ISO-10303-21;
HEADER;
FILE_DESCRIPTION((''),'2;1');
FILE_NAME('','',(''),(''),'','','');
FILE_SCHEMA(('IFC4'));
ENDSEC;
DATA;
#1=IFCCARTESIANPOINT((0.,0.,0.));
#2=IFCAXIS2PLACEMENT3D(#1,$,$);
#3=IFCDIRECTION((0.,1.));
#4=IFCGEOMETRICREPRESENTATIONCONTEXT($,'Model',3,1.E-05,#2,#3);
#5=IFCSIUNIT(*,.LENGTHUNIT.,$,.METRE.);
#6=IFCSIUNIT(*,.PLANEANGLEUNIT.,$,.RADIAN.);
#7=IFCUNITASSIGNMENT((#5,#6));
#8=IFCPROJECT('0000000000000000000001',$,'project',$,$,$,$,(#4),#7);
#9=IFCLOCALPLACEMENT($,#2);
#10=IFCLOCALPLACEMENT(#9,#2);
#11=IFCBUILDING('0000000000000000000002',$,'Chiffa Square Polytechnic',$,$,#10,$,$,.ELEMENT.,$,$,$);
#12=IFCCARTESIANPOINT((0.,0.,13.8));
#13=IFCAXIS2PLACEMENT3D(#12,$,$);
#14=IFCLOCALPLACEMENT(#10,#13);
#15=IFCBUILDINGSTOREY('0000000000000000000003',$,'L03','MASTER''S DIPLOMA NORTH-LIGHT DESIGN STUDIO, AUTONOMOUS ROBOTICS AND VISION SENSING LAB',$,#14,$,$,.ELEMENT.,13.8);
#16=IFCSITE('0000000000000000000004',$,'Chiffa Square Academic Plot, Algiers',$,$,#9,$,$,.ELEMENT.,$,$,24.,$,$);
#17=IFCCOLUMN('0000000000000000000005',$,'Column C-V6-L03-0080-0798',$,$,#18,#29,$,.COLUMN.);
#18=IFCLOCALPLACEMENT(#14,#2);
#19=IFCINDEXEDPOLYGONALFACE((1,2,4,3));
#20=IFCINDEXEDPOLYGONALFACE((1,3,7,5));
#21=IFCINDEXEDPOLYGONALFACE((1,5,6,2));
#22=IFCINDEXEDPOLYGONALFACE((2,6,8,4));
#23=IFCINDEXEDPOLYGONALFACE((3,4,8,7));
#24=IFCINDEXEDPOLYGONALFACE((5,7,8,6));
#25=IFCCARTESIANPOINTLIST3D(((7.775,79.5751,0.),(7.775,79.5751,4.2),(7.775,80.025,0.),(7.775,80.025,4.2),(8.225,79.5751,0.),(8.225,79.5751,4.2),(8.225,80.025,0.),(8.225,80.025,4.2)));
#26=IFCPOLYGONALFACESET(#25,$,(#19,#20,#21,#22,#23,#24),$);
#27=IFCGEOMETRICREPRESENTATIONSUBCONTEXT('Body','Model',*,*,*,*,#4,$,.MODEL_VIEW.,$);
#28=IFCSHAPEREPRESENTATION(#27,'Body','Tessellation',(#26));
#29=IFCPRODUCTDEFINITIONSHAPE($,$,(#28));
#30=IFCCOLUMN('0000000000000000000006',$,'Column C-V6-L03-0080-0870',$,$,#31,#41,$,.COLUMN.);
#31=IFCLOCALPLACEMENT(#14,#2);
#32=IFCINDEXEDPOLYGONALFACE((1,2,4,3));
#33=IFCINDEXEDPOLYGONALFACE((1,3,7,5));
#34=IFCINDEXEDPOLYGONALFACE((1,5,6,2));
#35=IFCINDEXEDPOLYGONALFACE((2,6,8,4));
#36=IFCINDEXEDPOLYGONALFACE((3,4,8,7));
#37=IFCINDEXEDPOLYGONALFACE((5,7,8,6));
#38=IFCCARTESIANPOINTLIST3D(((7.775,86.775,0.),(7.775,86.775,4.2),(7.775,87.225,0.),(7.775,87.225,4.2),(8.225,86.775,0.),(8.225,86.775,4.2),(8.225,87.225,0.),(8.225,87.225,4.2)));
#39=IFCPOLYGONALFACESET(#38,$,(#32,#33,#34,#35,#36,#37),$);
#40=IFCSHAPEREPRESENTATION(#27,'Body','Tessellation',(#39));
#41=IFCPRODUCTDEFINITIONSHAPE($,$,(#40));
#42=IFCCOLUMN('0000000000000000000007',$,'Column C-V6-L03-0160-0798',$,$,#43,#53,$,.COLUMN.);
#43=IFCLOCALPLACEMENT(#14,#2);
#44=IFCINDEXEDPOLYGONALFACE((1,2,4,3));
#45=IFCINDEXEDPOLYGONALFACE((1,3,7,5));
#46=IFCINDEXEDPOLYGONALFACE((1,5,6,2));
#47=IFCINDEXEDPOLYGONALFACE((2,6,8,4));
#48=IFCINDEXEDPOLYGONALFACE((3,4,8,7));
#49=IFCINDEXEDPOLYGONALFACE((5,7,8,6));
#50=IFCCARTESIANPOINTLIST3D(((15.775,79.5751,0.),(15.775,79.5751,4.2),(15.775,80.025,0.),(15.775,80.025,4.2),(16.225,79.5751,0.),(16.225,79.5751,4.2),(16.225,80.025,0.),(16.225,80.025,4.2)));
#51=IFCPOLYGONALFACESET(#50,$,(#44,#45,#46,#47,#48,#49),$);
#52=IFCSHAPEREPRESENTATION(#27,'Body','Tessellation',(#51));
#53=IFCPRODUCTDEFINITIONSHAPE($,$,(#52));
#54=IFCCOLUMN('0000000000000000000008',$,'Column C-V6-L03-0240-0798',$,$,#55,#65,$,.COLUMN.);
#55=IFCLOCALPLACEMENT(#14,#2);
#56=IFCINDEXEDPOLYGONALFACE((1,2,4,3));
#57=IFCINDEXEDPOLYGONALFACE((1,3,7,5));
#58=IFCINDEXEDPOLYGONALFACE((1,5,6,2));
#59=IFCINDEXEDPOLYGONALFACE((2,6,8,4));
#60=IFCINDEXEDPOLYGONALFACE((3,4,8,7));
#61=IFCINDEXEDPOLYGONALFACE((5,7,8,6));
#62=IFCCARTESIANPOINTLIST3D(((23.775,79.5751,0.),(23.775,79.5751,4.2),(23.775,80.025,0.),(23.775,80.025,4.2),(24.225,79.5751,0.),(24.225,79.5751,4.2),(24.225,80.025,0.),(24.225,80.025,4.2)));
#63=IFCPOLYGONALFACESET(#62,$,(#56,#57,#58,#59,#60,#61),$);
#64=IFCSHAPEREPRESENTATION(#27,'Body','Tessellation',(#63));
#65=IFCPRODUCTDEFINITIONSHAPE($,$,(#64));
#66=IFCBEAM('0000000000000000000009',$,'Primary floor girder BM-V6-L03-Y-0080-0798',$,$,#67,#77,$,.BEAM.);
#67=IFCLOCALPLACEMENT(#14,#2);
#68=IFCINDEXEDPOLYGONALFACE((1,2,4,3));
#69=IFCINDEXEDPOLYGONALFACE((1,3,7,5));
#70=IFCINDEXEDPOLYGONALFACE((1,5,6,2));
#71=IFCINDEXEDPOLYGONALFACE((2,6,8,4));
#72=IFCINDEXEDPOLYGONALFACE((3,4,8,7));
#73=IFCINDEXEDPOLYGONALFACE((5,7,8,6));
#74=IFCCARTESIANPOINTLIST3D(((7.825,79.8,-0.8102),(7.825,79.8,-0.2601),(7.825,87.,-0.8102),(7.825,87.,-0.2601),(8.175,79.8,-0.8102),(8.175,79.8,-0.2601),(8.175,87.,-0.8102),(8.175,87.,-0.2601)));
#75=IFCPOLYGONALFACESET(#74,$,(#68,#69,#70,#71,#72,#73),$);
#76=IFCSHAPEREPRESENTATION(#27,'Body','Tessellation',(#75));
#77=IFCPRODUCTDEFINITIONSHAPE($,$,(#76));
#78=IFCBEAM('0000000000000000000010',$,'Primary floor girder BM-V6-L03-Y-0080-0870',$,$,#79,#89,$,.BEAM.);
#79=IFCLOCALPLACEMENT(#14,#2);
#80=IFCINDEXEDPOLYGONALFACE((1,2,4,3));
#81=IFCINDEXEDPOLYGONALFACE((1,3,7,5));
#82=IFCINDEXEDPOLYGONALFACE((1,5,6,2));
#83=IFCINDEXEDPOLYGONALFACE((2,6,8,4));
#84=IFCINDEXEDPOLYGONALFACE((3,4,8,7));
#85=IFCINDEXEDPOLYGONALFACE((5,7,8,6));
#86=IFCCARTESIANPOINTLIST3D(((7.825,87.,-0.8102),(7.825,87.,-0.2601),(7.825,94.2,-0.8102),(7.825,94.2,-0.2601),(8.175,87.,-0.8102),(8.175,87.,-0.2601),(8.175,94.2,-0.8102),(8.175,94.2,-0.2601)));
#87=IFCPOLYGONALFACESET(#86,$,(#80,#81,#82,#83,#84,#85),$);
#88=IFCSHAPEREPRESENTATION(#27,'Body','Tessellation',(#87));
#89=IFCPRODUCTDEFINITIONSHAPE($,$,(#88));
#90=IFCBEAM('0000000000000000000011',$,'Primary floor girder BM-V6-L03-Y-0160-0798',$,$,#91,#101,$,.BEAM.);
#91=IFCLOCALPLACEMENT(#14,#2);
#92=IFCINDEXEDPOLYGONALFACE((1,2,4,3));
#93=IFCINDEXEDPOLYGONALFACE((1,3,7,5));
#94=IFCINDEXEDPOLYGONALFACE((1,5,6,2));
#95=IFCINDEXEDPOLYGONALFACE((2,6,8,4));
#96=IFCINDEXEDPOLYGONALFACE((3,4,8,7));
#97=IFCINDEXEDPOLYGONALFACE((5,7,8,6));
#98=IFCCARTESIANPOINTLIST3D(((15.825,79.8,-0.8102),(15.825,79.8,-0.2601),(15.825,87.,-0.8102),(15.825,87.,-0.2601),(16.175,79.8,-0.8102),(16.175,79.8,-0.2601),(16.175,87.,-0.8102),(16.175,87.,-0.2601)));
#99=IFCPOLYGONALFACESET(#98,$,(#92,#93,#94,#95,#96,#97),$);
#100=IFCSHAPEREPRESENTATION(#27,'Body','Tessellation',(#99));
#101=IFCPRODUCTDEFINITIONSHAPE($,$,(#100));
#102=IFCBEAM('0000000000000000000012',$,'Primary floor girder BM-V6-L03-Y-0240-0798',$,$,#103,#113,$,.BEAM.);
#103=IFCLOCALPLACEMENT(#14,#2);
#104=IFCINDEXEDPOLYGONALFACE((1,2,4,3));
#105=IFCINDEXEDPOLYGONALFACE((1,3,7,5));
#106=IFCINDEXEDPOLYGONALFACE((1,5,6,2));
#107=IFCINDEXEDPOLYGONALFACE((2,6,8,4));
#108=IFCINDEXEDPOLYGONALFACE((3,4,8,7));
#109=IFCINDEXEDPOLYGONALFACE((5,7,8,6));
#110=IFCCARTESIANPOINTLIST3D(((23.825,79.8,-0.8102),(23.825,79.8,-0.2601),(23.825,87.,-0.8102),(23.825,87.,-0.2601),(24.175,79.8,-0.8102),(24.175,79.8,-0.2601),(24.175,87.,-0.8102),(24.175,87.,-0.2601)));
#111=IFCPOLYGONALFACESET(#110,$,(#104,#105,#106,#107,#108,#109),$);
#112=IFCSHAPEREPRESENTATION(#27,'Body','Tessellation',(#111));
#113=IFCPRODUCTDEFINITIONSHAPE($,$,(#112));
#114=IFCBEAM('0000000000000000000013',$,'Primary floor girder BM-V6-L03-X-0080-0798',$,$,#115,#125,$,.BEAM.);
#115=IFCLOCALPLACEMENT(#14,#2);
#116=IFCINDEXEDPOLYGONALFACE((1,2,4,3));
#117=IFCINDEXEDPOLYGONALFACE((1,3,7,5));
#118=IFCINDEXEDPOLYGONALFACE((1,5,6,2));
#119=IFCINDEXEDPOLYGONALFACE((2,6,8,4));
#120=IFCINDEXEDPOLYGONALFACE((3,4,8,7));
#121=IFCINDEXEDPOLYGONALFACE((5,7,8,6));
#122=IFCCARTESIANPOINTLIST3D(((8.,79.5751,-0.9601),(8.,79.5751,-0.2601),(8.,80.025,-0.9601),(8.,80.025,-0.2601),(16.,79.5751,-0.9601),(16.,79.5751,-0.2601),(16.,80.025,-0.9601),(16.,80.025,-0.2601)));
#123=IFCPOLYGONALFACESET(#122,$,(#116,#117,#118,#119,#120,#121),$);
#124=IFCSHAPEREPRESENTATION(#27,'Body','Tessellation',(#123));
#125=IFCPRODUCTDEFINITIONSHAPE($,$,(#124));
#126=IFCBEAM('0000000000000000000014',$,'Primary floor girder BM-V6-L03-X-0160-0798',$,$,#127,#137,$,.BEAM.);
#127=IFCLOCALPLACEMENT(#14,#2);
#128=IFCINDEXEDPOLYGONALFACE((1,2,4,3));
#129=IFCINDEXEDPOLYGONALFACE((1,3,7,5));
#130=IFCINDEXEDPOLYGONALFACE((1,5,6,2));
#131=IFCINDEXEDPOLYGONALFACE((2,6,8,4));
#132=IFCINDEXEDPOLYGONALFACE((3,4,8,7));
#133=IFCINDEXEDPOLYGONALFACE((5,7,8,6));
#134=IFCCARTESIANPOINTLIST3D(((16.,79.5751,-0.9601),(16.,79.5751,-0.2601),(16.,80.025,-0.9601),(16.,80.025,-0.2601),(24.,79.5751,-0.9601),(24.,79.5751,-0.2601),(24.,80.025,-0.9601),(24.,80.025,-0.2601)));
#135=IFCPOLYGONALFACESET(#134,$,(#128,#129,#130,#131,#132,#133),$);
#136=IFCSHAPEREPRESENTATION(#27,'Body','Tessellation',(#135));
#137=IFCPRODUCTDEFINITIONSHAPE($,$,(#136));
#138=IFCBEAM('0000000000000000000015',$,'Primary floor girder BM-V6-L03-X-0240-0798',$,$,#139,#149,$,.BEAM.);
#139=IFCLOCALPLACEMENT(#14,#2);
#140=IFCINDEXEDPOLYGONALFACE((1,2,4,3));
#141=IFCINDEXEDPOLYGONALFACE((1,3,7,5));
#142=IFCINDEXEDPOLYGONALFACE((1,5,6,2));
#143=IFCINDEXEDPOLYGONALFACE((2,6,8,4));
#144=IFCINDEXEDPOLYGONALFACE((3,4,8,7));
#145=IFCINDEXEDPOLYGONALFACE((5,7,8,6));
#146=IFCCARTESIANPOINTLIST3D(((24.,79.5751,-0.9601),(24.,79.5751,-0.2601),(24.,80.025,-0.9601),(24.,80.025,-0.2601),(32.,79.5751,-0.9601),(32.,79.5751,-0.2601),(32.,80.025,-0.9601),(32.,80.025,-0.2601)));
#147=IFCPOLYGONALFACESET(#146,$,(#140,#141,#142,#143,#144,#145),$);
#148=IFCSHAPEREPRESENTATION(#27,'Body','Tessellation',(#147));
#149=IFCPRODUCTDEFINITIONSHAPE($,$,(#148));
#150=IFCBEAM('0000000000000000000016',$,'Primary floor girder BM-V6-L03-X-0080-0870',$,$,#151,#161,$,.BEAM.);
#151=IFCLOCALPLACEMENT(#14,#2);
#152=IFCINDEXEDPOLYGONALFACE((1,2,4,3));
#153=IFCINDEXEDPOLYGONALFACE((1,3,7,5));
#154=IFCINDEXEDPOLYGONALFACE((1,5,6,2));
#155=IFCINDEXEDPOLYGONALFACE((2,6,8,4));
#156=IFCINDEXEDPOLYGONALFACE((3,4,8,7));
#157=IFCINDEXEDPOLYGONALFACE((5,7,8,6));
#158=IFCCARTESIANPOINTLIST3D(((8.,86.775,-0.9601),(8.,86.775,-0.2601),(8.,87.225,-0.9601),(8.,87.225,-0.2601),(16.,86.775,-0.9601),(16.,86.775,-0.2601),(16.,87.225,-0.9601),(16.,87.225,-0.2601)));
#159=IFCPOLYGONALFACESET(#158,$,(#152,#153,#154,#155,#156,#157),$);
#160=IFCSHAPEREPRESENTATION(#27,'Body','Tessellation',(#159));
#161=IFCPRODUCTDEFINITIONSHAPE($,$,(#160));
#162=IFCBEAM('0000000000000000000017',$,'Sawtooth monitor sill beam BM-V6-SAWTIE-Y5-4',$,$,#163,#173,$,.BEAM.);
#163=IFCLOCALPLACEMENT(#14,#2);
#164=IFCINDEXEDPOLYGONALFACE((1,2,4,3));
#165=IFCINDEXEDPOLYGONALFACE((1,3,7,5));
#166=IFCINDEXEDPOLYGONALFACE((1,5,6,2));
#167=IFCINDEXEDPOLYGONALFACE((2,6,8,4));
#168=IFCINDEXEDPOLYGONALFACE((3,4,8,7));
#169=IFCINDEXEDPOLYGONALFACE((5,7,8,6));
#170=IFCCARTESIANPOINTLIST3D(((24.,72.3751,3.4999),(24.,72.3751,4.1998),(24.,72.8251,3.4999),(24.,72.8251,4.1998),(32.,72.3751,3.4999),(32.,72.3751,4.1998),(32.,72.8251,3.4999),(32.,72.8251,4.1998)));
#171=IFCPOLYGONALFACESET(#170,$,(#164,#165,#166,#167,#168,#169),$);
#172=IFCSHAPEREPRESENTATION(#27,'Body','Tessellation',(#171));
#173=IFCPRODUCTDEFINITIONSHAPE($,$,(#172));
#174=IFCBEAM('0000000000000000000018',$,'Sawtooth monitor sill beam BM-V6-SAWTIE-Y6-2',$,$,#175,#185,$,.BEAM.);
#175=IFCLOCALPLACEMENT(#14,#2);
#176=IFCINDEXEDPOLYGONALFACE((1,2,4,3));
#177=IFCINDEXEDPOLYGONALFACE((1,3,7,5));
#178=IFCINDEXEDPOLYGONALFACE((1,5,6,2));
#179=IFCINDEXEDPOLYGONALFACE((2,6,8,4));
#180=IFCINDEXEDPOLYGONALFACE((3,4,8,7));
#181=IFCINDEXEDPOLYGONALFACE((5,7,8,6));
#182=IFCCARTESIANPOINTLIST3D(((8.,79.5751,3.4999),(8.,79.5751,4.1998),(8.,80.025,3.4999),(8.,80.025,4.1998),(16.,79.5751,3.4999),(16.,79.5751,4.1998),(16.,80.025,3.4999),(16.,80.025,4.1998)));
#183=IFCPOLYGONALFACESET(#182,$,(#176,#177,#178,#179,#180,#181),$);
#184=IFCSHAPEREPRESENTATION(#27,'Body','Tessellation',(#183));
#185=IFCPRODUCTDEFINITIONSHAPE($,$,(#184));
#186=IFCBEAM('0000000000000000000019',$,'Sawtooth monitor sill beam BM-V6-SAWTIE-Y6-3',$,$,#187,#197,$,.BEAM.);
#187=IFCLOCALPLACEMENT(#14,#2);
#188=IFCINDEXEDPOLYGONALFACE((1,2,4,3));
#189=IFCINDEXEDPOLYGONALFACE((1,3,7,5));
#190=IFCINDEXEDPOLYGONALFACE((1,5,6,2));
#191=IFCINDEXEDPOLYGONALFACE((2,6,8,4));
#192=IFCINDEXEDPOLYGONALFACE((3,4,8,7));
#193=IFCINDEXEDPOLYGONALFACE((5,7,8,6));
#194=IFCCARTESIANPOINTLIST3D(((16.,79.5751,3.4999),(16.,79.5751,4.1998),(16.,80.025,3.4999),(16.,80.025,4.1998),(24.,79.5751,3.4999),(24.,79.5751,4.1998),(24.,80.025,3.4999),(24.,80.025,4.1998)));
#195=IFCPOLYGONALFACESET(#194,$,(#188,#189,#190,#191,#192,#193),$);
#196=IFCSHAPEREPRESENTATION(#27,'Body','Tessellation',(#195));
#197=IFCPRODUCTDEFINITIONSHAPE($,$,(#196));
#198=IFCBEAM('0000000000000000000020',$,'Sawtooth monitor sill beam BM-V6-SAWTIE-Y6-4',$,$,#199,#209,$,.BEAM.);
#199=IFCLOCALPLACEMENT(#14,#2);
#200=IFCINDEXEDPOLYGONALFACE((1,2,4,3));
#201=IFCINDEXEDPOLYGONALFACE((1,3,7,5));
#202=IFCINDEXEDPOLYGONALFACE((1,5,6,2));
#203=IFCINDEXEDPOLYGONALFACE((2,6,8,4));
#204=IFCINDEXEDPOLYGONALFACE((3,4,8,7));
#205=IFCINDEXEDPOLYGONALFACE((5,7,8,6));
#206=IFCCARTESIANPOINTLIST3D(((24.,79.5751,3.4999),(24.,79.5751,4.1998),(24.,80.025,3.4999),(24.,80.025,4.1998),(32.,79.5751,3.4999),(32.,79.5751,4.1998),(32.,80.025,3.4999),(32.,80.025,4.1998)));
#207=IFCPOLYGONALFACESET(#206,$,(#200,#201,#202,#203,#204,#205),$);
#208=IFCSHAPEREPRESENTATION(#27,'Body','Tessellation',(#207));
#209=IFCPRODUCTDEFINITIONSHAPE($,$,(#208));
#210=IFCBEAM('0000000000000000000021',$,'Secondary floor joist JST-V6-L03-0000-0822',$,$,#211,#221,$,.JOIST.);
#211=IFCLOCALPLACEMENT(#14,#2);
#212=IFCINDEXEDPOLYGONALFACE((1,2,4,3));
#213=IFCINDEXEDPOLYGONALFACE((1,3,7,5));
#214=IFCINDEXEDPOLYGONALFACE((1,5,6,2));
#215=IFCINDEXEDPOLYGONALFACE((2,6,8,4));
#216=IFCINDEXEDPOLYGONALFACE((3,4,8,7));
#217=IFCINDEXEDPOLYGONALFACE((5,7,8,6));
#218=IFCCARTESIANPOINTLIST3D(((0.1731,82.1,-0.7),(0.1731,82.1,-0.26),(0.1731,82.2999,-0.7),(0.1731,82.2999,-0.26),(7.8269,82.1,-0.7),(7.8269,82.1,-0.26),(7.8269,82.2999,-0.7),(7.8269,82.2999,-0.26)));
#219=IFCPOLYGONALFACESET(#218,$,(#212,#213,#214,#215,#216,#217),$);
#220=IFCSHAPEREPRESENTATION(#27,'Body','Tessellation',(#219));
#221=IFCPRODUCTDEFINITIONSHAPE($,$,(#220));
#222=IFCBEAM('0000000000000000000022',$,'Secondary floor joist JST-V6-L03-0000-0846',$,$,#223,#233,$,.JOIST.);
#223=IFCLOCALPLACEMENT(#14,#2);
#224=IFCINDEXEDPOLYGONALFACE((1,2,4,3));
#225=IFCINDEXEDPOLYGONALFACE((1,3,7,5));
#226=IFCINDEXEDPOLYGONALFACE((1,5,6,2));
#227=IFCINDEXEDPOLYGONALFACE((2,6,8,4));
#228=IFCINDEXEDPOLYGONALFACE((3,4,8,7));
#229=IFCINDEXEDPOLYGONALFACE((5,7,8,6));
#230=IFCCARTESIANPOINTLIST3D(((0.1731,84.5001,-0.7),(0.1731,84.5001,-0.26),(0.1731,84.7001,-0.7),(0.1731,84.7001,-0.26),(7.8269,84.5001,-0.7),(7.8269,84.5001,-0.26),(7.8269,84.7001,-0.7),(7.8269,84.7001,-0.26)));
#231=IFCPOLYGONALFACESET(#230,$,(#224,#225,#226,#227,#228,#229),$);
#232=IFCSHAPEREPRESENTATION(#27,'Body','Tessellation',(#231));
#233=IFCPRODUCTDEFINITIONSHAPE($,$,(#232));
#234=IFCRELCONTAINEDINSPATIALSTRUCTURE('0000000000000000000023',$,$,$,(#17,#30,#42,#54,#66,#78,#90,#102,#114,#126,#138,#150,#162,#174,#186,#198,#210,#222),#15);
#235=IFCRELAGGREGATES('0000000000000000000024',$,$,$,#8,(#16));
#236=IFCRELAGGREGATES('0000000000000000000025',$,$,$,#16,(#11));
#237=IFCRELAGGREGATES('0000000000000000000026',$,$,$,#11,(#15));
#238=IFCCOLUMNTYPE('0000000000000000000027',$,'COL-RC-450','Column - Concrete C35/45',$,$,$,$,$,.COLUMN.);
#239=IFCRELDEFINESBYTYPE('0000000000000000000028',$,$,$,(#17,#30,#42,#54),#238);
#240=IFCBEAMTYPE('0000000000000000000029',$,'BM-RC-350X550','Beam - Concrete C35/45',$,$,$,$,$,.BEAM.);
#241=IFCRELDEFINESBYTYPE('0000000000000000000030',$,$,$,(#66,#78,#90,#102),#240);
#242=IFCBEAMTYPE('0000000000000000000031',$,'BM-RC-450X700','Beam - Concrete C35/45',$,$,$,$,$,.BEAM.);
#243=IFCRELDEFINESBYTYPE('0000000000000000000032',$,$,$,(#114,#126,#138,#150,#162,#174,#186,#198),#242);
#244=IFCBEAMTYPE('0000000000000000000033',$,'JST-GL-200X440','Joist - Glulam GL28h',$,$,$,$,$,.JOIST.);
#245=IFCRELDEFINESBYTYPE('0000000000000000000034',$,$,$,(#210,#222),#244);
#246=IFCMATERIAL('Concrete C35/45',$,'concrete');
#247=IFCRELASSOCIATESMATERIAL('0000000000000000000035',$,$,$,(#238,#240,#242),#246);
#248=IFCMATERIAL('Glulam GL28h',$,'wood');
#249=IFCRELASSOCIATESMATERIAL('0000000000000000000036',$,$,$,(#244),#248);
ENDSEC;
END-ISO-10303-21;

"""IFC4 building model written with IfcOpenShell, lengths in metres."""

from ifc_helpers import new_model, si_unit, direction, frame, origin, origin_2d, place, context, subcontext, project, spatial, rectangle, extrude, material, material_profile, profile_set, type_object, element, save


model = new_model("IFC4")

# Units and contexts
model_context = context("Model", 3, precision=1e-05, world=origin(), true_north=direction((0.0, 1.0)))
body_context = subcontext(model_context, "Body", "Model", "MODEL_VIEW")
ifc_project = project(units=[si_unit("LENGTHUNIT", "METRE"), si_unit("PLANEANGLEUNIT", "RADIAN")], contexts=[model_context])

# Site, building, storey
site_placement = place(None, origin())
site = spatial("IfcSite", under=ifc_project, at=site_placement, Name="Chiffa Square Academic Plot, Algiers", CompositionType="ELEMENT", RefElevation=24.0)
building_placement = place(site_placement, origin())
building = spatial("IfcBuilding", under=site, at=building_placement, Name="Chiffa Square Polytechnic", CompositionType="ELEMENT")
storey_placement = place(building_placement, frame((0.0, 0.0, 13.8)))
storey = spatial("IfcBuildingStorey", under=building, at=storey_placement, Name="L03", Description="MASTER'S DIPLOMA NORTH-LIGHT DESIGN STUDIO, AUTONOMOUS ROBOTICS AND VISION SENSING LAB", CompositionType="ELEMENT", Elevation=13.8)

# Columns
ifc_material_1 = material(Name="Concrete C35/45", Category="concrete")
ifc_material_profile_1 = material_profile(ifc_material_1, rectangle(XDim=0.45, YDim=0.45, at=origin_2d()), Name="RC 450x450")
ifc_profile_set_1 = profile_set([ifc_material_profile_1], Name="Concrete C35/45")
column_type = type_object("IfcColumnType", Name="COL-RC-450", Description="Column - Concrete C35/45", PredefinedType="COLUMN", material=ifc_profile_set_1)
for number, where, z_axis, x_axis, name in (
    (1, (8.0, 79.8, 0.0), (0.0, 0.0, 1.0), (1.0, 0.0, 0.0), "Column C-V6-L03-0080-0798"),
    (2, (8.0, 87.0, 0.0), (0.0, 0.0, 1.0), (1.0, 0.0, 0.0), "Column C-V6-L03-0080-0870"),
    (3, (16.0, 79.8, 0.0), (0.0, 0.0, 1.0), (1.0, 0.0, 0.0), "Column C-V6-L03-0160-0798"),
    (4, (24.0, 79.8, 0.0), (0.0, 0.0, 1.0), (1.0, 0.0, 0.0), "Column C-V6-L03-0240-0798"),
):
    element("IfcColumn", number, at=place(storey_placement, frame(where, z_axis=z_axis, x_axis=x_axis)), inside=storey, type_object=column_type, Name=name, PredefinedType="COLUMN", context=body_context, shape_type="SweptSolid", body=[
        extrude(rectangle(XDim=0.45, YDim=0.45, at=origin_2d()), origin(), (0.0, 0.0, 1.0), 4.2),
    ])

# Beams
ifc_material_profile_2 = material_profile(ifc_material_1, rectangle(XDim=0.3501, YDim=0.55, at=origin_2d()), Name="RC 350x550")
ifc_profile_set_2 = profile_set([ifc_material_profile_2], Name="Concrete C35/45")
beam_type_1 = type_object("IfcBeamType", Name="BM-RC-350X550", Description="Beam - Concrete C35/45", PredefinedType="BEAM", material=ifc_profile_set_2)
for number, where, z_axis, x_axis, name in (
    (5, (8.0, 79.8, -0.5352), (0.0, 1.0, 0.0), (-1.0, 0.0, 0.0), "Primary floor girder BM-V6-L03-Y-0080-0798"),
    (6, (8.0, 87.0, -0.5352), (0.0, 1.0, 0.0), (-1.0, 0.0, 0.0), "Primary floor girder BM-V6-L03-Y-0080-0870"),
    (7, (16.0, 79.8, -0.5352), (0.0, 1.0, 0.0), (-1.0, 0.0, 0.0), "Primary floor girder BM-V6-L03-Y-0160-0798"),
    (8, (24.0, 79.8, -0.5352), (0.0, 1.0, 0.0), (-1.0, 0.0, 0.0), "Primary floor girder BM-V6-L03-Y-0240-0798"),
):
    element("IfcBeam", number, at=place(storey_placement, frame(where, z_axis=z_axis, x_axis=x_axis)), inside=storey, type_object=beam_type_1, Name=name, PredefinedType="BEAM", context=body_context, shape_type="SweptSolid", body=[
        extrude(rectangle(XDim=0.3501, YDim=0.55, at=origin_2d()), origin(), (0.0, 0.0, 1.0), 7.2),
    ])
ifc_material_profile_3 = material_profile(ifc_material_1, rectangle(XDim=0.45, YDim=0.7, at=origin_2d()), Name="RC 450x700")
ifc_profile_set_3 = profile_set([ifc_material_profile_3], Name="Concrete C35/45")
beam_type_2 = type_object("IfcBeamType", Name="BM-RC-450X700", Description="Beam - Concrete C35/45", PredefinedType="BEAM", material=ifc_profile_set_3)
for number, where, z_axis, x_axis, name in (
    (9, (8.0, 79.8, -0.6101), (1.0, 0.0, 0.0), (0.0, 1.0, 0.0), "Primary floor girder BM-V6-L03-X-0080-0798"),
    (10, (16.0, 79.8, -0.6101), (1.0, 0.0, 0.0), (0.0, 1.0, 0.0), "Primary floor girder BM-V6-L03-X-0160-0798"),
    (11, (24.0, 79.8, -0.6101), (1.0, 0.0, 0.0), (0.0, 1.0, 0.0), "Primary floor girder BM-V6-L03-X-0240-0798"),
    (12, (8.0, 87.0, -0.6101), (1.0, 0.0, 0.0), (0.0, 1.0, 0.0), "Primary floor girder BM-V6-L03-X-0080-0870"),
    (13, (24.0, 72.6001, 3.8499), (1.0, 0.0, 0.0), (0.0, 1.0, 0.0), "Sawtooth monitor sill beam BM-V6-SAWTIE-Y5-4"),
    (14, (8.0, 79.8, 3.8499), (1.0, 0.0, 0.0), (0.0, 1.0, 0.0), "Sawtooth monitor sill beam BM-V6-SAWTIE-Y6-2"),
    (15, (16.0, 79.8, 3.8499), (1.0, 0.0, 0.0), (0.0, 1.0, 0.0), "Sawtooth monitor sill beam BM-V6-SAWTIE-Y6-3"),
    (16, (24.0, 79.8, 3.8499), (1.0, 0.0, 0.0), (0.0, 1.0, 0.0), "Sawtooth monitor sill beam BM-V6-SAWTIE-Y6-4"),
):
    element("IfcBeam", number, at=place(storey_placement, frame(where, z_axis=z_axis, x_axis=x_axis)), inside=storey, type_object=beam_type_2, Name=name, PredefinedType="BEAM", context=body_context, shape_type="SweptSolid", body=[
        extrude(rectangle(XDim=0.45, YDim=0.7, at=origin_2d()), origin(), (0.0, 0.0, 1.0), 8.0),
    ])
ifc_material_2 = material(Name="Glulam GL28h", Category="wood")
ifc_material_profile_4 = material_profile(ifc_material_2, rectangle(XDim=0.2, YDim=0.4399, at=origin_2d()), Name="GL28h 200x440")
ifc_profile_set_4 = profile_set([ifc_material_profile_4], Name="Glulam GL28h")
beam_type_3 = type_object("IfcBeamType", Name="JST-GL-200X440", Description="Joist - Glulam GL28h", PredefinedType="JOIST", material=ifc_profile_set_4)
for number, where, z_axis, x_axis, name in (
    (17, (0.1731, 82.2, -0.48), (1.0, 0.0, 0.0), (0.0, 1.0, 0.0), "Secondary floor joist JST-V6-L03-0000-0822"),
    (18, (0.1731, 84.6001, -0.48), (1.0, 0.0, 0.0), (0.0, 1.0, 0.0), "Secondary floor joist JST-V6-L03-0000-0846"),
):
    element("IfcBeam", number, at=place(storey_placement, frame(where, z_axis=z_axis, x_axis=x_axis)), inside=storey, type_object=beam_type_3, Name=name, PredefinedType="JOIST", context=body_context, shape_type="SweptSolid", body=[
        extrude(rectangle(XDim=0.2, YDim=0.4399, at=origin_2d()), origin(), (0.0, 0.0, 1.0), 7.6538),
    ])

save(model, "model.ifc")
